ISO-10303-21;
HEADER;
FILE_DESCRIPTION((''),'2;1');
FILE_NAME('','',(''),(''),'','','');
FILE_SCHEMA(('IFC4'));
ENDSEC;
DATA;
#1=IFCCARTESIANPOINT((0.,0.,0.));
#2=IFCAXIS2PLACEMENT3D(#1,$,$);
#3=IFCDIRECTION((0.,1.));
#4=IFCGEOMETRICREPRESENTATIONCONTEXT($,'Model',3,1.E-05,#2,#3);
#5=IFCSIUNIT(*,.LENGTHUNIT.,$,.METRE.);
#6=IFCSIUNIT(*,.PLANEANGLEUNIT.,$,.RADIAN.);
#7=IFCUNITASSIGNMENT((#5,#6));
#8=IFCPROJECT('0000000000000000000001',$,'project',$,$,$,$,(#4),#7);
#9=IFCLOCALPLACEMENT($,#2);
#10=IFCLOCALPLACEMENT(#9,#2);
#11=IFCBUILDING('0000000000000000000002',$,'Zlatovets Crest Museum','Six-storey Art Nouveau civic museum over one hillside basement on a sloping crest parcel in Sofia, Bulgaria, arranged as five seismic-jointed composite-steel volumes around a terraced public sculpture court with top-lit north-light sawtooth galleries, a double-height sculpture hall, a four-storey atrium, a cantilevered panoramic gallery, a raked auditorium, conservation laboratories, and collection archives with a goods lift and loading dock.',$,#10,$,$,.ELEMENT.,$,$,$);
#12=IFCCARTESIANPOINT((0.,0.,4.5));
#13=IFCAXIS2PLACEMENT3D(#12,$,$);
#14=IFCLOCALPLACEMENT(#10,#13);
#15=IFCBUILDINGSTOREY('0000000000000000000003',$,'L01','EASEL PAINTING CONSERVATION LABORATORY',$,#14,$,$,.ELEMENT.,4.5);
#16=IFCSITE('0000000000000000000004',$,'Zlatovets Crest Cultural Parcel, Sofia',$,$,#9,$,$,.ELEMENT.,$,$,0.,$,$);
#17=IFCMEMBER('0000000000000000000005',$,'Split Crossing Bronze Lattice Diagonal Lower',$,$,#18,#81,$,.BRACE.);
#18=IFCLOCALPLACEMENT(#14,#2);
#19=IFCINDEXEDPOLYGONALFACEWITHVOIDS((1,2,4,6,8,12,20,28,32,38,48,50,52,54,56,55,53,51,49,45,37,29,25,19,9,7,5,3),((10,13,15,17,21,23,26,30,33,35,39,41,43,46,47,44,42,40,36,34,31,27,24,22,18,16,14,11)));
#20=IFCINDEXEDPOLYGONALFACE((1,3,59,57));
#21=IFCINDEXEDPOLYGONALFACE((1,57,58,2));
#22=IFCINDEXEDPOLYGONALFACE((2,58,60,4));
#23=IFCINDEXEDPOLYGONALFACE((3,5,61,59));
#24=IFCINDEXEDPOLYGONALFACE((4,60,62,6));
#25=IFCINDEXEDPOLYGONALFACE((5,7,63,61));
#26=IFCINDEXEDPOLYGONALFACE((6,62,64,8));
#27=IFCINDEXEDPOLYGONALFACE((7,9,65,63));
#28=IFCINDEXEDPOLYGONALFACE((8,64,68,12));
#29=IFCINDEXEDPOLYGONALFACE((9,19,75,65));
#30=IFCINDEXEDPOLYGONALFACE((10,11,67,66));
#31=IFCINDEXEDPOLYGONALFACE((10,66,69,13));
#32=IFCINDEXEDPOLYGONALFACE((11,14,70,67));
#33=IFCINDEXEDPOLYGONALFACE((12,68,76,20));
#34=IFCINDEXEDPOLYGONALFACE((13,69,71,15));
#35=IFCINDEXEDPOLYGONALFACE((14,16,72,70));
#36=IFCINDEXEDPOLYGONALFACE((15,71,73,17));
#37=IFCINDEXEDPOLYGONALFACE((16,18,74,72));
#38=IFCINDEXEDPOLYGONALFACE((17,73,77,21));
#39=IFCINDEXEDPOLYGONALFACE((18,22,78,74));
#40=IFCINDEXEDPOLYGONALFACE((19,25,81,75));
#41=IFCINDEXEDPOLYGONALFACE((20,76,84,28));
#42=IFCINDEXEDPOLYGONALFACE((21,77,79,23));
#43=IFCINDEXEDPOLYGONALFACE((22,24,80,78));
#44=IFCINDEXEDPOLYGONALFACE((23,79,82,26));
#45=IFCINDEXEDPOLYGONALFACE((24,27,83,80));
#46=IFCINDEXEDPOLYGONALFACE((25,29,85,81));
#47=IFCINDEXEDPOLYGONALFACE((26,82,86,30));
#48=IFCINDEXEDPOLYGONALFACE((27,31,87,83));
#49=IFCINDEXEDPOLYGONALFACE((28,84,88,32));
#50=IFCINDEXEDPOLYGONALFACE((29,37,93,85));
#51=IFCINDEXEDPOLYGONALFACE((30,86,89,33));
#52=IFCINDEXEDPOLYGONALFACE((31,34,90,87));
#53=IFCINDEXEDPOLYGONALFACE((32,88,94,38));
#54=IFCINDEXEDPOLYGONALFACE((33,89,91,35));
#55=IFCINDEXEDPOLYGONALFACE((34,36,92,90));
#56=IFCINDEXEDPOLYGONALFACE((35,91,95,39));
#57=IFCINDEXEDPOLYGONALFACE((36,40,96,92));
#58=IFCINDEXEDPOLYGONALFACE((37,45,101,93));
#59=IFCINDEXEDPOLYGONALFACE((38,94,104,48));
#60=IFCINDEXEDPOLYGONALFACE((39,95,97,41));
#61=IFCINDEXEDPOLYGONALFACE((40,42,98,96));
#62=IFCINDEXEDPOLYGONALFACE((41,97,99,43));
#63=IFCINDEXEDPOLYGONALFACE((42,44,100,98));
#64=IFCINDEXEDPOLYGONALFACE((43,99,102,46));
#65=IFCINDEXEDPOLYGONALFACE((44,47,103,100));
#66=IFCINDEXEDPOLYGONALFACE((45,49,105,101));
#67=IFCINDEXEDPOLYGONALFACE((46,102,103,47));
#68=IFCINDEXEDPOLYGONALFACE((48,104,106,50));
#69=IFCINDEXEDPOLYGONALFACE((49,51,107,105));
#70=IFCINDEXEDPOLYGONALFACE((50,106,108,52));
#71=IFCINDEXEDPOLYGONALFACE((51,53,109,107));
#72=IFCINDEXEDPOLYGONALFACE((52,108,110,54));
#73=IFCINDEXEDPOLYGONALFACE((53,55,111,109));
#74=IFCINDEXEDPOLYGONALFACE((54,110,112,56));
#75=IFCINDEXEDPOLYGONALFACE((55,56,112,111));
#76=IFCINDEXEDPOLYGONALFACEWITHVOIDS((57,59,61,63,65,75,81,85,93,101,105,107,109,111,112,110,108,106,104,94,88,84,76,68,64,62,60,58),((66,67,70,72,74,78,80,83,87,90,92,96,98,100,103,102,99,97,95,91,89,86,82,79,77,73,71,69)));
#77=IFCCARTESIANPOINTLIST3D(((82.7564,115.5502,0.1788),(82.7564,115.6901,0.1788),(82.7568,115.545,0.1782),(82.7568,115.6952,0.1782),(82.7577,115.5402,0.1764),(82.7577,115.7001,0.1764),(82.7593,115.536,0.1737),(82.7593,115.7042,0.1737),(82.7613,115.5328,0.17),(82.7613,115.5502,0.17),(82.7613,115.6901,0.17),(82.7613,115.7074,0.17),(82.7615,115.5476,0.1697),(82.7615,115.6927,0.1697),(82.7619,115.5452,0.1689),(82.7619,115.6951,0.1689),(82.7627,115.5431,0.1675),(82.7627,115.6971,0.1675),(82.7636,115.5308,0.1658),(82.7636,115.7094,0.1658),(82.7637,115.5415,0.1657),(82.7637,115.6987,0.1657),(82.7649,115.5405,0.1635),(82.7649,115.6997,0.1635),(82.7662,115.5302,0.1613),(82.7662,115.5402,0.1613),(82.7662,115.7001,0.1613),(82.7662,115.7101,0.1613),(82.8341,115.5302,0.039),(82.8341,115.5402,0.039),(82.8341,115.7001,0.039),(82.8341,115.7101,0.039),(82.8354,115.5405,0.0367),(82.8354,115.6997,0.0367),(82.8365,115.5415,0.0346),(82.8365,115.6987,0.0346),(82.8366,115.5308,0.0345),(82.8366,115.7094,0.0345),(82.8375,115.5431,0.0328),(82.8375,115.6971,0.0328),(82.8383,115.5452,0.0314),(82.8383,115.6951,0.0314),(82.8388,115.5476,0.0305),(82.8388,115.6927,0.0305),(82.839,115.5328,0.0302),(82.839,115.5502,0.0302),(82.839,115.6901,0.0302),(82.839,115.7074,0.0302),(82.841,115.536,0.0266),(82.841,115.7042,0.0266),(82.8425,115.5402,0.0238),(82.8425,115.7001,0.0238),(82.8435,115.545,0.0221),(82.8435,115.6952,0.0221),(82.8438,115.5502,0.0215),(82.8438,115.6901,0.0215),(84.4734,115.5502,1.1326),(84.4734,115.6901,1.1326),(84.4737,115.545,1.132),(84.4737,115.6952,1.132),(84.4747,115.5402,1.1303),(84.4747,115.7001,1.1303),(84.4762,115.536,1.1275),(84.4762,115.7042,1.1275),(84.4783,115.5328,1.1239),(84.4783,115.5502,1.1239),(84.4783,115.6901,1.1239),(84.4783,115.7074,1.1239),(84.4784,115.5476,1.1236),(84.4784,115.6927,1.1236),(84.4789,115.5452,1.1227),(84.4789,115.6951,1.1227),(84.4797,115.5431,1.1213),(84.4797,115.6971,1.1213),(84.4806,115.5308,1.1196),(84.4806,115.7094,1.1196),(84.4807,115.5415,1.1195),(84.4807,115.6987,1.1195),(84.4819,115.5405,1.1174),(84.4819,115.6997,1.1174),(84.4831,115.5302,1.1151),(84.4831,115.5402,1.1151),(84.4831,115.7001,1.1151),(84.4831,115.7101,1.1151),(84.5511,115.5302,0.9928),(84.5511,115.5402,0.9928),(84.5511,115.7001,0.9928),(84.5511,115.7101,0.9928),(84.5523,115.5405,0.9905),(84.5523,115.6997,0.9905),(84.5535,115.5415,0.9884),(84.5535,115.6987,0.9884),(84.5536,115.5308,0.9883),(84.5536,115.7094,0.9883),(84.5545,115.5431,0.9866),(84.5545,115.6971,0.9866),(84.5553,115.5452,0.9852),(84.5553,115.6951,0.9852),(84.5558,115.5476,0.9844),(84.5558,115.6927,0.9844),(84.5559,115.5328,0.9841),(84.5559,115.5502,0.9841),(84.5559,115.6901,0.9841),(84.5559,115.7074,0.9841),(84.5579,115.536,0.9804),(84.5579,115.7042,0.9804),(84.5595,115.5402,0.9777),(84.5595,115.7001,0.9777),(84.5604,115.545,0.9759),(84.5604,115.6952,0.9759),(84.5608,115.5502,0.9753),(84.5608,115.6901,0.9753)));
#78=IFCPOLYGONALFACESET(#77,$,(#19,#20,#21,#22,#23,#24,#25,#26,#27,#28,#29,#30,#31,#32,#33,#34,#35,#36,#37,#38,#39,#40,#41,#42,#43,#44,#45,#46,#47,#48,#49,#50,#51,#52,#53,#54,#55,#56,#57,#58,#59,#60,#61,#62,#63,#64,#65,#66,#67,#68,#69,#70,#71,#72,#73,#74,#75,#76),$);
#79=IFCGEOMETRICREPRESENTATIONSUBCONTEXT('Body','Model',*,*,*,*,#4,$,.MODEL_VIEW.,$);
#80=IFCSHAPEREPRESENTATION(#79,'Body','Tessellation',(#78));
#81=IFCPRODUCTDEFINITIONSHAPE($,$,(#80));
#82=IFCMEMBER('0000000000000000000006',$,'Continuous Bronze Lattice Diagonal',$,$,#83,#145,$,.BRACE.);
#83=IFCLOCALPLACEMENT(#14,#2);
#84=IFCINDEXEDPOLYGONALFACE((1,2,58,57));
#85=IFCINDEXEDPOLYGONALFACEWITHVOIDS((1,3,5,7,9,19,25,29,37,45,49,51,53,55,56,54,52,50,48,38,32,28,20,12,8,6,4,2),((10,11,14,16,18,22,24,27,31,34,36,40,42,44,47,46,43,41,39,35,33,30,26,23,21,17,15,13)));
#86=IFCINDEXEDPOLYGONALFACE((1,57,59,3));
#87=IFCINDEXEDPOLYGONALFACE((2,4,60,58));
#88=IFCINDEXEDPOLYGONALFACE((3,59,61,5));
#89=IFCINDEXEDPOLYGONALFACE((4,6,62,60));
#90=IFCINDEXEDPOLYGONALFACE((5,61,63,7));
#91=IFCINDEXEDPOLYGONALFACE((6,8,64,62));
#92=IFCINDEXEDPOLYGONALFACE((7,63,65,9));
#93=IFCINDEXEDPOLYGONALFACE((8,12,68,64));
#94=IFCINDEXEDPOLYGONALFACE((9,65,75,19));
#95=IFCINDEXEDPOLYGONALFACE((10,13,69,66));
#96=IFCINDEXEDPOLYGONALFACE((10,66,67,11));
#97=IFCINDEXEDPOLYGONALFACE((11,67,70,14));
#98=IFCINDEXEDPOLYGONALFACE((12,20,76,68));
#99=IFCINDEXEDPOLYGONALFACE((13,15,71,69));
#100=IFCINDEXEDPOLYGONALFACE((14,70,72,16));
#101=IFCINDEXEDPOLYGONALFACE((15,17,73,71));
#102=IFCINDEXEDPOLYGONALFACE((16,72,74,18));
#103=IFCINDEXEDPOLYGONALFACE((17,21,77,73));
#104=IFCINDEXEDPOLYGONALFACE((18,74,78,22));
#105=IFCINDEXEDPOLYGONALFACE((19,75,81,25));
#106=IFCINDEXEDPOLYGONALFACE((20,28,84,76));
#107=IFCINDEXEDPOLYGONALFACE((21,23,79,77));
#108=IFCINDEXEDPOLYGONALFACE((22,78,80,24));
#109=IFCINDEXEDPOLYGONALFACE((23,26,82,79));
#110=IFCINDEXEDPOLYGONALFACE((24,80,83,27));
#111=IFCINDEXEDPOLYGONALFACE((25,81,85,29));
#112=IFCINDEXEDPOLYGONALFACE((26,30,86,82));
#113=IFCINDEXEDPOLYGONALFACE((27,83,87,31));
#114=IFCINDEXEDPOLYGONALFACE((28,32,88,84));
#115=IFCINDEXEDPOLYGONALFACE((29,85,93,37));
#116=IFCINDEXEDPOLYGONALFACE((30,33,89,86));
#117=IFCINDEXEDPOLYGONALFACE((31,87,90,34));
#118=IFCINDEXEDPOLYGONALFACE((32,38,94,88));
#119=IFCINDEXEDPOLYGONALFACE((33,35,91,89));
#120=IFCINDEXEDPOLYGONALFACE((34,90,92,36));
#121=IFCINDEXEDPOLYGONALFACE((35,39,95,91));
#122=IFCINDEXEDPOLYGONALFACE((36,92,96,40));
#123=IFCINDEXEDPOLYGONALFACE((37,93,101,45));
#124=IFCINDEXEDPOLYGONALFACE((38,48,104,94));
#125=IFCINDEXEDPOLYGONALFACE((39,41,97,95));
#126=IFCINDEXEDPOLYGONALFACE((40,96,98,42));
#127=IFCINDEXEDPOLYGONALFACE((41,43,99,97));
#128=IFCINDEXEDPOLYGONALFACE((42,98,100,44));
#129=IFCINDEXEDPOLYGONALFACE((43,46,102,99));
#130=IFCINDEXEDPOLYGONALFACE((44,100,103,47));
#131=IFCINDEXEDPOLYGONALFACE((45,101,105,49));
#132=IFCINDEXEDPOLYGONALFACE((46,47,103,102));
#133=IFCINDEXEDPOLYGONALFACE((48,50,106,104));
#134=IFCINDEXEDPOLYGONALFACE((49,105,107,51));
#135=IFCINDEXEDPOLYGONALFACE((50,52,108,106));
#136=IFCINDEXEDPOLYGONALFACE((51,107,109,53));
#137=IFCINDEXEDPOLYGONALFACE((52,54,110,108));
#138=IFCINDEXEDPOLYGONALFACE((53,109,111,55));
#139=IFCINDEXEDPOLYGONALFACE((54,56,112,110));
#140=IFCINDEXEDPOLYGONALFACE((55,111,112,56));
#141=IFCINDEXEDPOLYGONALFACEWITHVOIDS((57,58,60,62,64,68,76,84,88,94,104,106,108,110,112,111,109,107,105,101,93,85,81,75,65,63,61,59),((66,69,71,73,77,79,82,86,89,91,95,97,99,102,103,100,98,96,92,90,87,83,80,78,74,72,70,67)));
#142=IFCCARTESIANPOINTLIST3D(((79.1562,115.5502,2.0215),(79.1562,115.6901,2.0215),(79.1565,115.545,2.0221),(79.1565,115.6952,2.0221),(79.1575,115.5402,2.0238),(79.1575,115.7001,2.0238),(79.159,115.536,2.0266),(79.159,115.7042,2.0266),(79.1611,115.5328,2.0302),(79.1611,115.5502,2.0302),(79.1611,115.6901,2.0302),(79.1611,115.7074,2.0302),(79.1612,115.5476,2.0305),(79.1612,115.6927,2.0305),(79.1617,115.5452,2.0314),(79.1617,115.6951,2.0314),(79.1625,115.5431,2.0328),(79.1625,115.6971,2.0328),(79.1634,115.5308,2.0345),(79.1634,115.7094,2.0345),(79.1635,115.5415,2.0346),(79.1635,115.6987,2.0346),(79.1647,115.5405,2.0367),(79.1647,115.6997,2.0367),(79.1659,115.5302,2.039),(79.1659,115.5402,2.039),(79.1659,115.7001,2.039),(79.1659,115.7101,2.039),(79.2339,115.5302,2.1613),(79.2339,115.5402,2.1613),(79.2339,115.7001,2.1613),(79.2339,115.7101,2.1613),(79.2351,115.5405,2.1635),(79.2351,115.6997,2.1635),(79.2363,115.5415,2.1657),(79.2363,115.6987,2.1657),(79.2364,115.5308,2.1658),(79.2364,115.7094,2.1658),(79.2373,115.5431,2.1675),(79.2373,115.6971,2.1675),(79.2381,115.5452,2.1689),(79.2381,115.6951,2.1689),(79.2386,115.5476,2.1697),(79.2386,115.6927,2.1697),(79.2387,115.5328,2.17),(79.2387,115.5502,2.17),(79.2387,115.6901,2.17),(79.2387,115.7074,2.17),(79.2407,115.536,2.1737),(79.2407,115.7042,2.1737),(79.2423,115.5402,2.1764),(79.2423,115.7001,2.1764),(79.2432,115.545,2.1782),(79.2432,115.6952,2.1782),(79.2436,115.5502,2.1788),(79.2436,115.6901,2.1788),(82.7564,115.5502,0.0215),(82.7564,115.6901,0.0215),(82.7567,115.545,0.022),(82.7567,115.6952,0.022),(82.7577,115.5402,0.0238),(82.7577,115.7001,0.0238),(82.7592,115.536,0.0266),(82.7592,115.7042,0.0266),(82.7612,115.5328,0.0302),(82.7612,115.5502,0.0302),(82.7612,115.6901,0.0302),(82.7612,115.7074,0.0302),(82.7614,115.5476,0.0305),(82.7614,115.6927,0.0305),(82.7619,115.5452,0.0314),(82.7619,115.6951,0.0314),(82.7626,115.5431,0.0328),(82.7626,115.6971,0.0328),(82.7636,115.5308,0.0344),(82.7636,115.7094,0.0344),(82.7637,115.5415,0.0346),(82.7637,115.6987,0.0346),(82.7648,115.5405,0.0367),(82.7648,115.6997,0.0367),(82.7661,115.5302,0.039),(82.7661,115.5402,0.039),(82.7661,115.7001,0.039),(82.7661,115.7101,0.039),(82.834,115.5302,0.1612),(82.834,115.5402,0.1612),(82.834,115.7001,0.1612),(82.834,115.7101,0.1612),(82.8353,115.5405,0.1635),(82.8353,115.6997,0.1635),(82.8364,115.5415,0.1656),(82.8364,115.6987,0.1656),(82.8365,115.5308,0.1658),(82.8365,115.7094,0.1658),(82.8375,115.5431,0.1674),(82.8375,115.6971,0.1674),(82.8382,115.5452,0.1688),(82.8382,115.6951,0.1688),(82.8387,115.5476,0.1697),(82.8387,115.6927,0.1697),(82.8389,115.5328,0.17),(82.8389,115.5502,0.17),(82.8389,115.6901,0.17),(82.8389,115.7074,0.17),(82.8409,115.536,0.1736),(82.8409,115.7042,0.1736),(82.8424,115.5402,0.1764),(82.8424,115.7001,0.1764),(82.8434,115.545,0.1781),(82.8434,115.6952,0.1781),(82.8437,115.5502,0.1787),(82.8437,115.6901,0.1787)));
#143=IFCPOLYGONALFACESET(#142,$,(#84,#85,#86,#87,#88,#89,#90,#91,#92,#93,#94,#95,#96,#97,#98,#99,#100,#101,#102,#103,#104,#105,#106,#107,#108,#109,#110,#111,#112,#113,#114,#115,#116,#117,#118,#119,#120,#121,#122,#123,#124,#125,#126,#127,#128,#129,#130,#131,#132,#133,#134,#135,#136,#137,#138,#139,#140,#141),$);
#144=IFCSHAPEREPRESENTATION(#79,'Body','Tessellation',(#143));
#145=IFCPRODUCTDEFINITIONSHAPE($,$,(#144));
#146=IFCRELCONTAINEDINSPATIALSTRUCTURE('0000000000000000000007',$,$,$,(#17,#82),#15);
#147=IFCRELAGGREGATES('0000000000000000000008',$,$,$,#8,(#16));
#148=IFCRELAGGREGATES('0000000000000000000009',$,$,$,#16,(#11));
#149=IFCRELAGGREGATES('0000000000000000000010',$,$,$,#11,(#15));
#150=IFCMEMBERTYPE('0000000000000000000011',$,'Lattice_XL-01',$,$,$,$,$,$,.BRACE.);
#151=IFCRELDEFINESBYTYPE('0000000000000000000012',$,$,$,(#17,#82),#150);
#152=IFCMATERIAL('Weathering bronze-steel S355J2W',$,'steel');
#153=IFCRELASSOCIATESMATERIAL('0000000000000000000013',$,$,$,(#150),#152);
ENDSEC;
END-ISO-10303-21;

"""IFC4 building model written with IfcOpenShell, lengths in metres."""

from ifc_helpers import new_model, si_unit, direction, frame, origin, origin_2d, place, context, subcontext, project, spatial, hollow_rectangle, extrude, material, material_profile, profile_set, type_object, element, save


model = new_model("IFC4")

# Units and contexts
model_context = context("Model", 3, precision=1e-05, world=origin(), true_north=direction((0.0, 1.0)))
body_context = subcontext(model_context, "Body", "Model", "MODEL_VIEW")
ifc_project = project(units=[si_unit("LENGTHUNIT", "METRE"), si_unit("PLANEANGLEUNIT", "RADIAN")], contexts=[model_context])

# Site, building, storey
site_placement = place(None, origin())
site = spatial("IfcSite", under=ifc_project, at=site_placement, Name="Zlatovets Crest Cultural Parcel, Sofia", CompositionType="ELEMENT", RefElevation=0.0)
building_placement = place(site_placement, origin())
building = spatial("IfcBuilding", under=site, at=building_placement, Name="Zlatovets Crest Museum", Description="Six-storey Art Nouveau civic museum over one hillside basement on a sloping crest parcel in Sofia, Bulgaria, arranged as five seismic-jointed composite-steel volumes around a terraced public sculpture court with top-lit north-light sawtooth galleries, a double-height sculpture hall, a four-storey atrium, a cantilevered panoramic gallery, a raked auditorium, conservation laboratories, and collection archives with a goods lift and loading dock.", CompositionType="ELEMENT")
storey_placement = place(building_placement, frame((0.0, 0.0, 4.5)))
storey = spatial("IfcBuildingStorey", under=building, at=storey_placement, Name="L01", Description="EASEL PAINTING CONSERVATION LABORATORY", CompositionType="ELEMENT", Elevation=4.5)

# Members
ifc_material_1 = material(Name="Weathering bronze-steel S355J2W", Category="steel")
ifc_material_profile_1 = material_profile(ifc_material_1, hollow_rectangle(XDim=0.1799, YDim=0.1799, WallThickness=0.01, InnerFilletRadius=0.01, OuterFilletRadius=0.02, at=origin_2d()), Name="SHS 180x180x10.0")
ifc_profile_set_1 = profile_set([ifc_material_profile_1], Name="Weathering bronze-steel S355J2W")
member_type_1 = type_object("IfcMemberType", Name="Lattice_XL-01", PredefinedType="BRACE", material=ifc_profile_set_1)
for number, where, z_axis, x_axis, name in (
    (1, (84.5171, 115.6201, 1.054), (-0.874169, 0.0, -0.485622), (0.0, -1.0, 0.0), "Split Crossing Bronze Lattice Diagonal Lower"),
):
    element("IfcMember", number, at=place(storey_placement, frame(where, z_axis=z_axis, x_axis=x_axis)), inside=storey, type_object=member_type_1, Name=name, PredefinedType="BRACE", context=body_context, shape_type="SweptSolid", body=[
        extrude(hollow_rectangle(XDim=0.1799, YDim=0.1799, WallThickness=0.01, InnerFilletRadius=0.01, OuterFilletRadius=0.02, at=origin_2d()), origin(), (0.0, 0.0, 1.0), 1.9641),
    ])
member_1_placement = place(storey_placement, frame((82.8, 115.6201, 0.1001), z_axis=(-0.874163, 0.0, 0.485633), x_axis=(0.0, -1.0, 0.0)))
element("IfcMember", 2, at=member_1_placement, inside=storey, type_object=member_type_1, Name="Continuous Bronze Lattice Diagonal", PredefinedType="BRACE", context=body_context, shape_type="SweptSolid", body=[
    extrude(hollow_rectangle(XDim=0.1799, YDim=0.1799, WallThickness=0.01, InnerFilletRadius=0.01, OuterFilletRadius=0.02, at=origin_2d()), origin(), (0.0, 0.0, 1.0), 4.1184),
])

save(model, "model.ifc")
